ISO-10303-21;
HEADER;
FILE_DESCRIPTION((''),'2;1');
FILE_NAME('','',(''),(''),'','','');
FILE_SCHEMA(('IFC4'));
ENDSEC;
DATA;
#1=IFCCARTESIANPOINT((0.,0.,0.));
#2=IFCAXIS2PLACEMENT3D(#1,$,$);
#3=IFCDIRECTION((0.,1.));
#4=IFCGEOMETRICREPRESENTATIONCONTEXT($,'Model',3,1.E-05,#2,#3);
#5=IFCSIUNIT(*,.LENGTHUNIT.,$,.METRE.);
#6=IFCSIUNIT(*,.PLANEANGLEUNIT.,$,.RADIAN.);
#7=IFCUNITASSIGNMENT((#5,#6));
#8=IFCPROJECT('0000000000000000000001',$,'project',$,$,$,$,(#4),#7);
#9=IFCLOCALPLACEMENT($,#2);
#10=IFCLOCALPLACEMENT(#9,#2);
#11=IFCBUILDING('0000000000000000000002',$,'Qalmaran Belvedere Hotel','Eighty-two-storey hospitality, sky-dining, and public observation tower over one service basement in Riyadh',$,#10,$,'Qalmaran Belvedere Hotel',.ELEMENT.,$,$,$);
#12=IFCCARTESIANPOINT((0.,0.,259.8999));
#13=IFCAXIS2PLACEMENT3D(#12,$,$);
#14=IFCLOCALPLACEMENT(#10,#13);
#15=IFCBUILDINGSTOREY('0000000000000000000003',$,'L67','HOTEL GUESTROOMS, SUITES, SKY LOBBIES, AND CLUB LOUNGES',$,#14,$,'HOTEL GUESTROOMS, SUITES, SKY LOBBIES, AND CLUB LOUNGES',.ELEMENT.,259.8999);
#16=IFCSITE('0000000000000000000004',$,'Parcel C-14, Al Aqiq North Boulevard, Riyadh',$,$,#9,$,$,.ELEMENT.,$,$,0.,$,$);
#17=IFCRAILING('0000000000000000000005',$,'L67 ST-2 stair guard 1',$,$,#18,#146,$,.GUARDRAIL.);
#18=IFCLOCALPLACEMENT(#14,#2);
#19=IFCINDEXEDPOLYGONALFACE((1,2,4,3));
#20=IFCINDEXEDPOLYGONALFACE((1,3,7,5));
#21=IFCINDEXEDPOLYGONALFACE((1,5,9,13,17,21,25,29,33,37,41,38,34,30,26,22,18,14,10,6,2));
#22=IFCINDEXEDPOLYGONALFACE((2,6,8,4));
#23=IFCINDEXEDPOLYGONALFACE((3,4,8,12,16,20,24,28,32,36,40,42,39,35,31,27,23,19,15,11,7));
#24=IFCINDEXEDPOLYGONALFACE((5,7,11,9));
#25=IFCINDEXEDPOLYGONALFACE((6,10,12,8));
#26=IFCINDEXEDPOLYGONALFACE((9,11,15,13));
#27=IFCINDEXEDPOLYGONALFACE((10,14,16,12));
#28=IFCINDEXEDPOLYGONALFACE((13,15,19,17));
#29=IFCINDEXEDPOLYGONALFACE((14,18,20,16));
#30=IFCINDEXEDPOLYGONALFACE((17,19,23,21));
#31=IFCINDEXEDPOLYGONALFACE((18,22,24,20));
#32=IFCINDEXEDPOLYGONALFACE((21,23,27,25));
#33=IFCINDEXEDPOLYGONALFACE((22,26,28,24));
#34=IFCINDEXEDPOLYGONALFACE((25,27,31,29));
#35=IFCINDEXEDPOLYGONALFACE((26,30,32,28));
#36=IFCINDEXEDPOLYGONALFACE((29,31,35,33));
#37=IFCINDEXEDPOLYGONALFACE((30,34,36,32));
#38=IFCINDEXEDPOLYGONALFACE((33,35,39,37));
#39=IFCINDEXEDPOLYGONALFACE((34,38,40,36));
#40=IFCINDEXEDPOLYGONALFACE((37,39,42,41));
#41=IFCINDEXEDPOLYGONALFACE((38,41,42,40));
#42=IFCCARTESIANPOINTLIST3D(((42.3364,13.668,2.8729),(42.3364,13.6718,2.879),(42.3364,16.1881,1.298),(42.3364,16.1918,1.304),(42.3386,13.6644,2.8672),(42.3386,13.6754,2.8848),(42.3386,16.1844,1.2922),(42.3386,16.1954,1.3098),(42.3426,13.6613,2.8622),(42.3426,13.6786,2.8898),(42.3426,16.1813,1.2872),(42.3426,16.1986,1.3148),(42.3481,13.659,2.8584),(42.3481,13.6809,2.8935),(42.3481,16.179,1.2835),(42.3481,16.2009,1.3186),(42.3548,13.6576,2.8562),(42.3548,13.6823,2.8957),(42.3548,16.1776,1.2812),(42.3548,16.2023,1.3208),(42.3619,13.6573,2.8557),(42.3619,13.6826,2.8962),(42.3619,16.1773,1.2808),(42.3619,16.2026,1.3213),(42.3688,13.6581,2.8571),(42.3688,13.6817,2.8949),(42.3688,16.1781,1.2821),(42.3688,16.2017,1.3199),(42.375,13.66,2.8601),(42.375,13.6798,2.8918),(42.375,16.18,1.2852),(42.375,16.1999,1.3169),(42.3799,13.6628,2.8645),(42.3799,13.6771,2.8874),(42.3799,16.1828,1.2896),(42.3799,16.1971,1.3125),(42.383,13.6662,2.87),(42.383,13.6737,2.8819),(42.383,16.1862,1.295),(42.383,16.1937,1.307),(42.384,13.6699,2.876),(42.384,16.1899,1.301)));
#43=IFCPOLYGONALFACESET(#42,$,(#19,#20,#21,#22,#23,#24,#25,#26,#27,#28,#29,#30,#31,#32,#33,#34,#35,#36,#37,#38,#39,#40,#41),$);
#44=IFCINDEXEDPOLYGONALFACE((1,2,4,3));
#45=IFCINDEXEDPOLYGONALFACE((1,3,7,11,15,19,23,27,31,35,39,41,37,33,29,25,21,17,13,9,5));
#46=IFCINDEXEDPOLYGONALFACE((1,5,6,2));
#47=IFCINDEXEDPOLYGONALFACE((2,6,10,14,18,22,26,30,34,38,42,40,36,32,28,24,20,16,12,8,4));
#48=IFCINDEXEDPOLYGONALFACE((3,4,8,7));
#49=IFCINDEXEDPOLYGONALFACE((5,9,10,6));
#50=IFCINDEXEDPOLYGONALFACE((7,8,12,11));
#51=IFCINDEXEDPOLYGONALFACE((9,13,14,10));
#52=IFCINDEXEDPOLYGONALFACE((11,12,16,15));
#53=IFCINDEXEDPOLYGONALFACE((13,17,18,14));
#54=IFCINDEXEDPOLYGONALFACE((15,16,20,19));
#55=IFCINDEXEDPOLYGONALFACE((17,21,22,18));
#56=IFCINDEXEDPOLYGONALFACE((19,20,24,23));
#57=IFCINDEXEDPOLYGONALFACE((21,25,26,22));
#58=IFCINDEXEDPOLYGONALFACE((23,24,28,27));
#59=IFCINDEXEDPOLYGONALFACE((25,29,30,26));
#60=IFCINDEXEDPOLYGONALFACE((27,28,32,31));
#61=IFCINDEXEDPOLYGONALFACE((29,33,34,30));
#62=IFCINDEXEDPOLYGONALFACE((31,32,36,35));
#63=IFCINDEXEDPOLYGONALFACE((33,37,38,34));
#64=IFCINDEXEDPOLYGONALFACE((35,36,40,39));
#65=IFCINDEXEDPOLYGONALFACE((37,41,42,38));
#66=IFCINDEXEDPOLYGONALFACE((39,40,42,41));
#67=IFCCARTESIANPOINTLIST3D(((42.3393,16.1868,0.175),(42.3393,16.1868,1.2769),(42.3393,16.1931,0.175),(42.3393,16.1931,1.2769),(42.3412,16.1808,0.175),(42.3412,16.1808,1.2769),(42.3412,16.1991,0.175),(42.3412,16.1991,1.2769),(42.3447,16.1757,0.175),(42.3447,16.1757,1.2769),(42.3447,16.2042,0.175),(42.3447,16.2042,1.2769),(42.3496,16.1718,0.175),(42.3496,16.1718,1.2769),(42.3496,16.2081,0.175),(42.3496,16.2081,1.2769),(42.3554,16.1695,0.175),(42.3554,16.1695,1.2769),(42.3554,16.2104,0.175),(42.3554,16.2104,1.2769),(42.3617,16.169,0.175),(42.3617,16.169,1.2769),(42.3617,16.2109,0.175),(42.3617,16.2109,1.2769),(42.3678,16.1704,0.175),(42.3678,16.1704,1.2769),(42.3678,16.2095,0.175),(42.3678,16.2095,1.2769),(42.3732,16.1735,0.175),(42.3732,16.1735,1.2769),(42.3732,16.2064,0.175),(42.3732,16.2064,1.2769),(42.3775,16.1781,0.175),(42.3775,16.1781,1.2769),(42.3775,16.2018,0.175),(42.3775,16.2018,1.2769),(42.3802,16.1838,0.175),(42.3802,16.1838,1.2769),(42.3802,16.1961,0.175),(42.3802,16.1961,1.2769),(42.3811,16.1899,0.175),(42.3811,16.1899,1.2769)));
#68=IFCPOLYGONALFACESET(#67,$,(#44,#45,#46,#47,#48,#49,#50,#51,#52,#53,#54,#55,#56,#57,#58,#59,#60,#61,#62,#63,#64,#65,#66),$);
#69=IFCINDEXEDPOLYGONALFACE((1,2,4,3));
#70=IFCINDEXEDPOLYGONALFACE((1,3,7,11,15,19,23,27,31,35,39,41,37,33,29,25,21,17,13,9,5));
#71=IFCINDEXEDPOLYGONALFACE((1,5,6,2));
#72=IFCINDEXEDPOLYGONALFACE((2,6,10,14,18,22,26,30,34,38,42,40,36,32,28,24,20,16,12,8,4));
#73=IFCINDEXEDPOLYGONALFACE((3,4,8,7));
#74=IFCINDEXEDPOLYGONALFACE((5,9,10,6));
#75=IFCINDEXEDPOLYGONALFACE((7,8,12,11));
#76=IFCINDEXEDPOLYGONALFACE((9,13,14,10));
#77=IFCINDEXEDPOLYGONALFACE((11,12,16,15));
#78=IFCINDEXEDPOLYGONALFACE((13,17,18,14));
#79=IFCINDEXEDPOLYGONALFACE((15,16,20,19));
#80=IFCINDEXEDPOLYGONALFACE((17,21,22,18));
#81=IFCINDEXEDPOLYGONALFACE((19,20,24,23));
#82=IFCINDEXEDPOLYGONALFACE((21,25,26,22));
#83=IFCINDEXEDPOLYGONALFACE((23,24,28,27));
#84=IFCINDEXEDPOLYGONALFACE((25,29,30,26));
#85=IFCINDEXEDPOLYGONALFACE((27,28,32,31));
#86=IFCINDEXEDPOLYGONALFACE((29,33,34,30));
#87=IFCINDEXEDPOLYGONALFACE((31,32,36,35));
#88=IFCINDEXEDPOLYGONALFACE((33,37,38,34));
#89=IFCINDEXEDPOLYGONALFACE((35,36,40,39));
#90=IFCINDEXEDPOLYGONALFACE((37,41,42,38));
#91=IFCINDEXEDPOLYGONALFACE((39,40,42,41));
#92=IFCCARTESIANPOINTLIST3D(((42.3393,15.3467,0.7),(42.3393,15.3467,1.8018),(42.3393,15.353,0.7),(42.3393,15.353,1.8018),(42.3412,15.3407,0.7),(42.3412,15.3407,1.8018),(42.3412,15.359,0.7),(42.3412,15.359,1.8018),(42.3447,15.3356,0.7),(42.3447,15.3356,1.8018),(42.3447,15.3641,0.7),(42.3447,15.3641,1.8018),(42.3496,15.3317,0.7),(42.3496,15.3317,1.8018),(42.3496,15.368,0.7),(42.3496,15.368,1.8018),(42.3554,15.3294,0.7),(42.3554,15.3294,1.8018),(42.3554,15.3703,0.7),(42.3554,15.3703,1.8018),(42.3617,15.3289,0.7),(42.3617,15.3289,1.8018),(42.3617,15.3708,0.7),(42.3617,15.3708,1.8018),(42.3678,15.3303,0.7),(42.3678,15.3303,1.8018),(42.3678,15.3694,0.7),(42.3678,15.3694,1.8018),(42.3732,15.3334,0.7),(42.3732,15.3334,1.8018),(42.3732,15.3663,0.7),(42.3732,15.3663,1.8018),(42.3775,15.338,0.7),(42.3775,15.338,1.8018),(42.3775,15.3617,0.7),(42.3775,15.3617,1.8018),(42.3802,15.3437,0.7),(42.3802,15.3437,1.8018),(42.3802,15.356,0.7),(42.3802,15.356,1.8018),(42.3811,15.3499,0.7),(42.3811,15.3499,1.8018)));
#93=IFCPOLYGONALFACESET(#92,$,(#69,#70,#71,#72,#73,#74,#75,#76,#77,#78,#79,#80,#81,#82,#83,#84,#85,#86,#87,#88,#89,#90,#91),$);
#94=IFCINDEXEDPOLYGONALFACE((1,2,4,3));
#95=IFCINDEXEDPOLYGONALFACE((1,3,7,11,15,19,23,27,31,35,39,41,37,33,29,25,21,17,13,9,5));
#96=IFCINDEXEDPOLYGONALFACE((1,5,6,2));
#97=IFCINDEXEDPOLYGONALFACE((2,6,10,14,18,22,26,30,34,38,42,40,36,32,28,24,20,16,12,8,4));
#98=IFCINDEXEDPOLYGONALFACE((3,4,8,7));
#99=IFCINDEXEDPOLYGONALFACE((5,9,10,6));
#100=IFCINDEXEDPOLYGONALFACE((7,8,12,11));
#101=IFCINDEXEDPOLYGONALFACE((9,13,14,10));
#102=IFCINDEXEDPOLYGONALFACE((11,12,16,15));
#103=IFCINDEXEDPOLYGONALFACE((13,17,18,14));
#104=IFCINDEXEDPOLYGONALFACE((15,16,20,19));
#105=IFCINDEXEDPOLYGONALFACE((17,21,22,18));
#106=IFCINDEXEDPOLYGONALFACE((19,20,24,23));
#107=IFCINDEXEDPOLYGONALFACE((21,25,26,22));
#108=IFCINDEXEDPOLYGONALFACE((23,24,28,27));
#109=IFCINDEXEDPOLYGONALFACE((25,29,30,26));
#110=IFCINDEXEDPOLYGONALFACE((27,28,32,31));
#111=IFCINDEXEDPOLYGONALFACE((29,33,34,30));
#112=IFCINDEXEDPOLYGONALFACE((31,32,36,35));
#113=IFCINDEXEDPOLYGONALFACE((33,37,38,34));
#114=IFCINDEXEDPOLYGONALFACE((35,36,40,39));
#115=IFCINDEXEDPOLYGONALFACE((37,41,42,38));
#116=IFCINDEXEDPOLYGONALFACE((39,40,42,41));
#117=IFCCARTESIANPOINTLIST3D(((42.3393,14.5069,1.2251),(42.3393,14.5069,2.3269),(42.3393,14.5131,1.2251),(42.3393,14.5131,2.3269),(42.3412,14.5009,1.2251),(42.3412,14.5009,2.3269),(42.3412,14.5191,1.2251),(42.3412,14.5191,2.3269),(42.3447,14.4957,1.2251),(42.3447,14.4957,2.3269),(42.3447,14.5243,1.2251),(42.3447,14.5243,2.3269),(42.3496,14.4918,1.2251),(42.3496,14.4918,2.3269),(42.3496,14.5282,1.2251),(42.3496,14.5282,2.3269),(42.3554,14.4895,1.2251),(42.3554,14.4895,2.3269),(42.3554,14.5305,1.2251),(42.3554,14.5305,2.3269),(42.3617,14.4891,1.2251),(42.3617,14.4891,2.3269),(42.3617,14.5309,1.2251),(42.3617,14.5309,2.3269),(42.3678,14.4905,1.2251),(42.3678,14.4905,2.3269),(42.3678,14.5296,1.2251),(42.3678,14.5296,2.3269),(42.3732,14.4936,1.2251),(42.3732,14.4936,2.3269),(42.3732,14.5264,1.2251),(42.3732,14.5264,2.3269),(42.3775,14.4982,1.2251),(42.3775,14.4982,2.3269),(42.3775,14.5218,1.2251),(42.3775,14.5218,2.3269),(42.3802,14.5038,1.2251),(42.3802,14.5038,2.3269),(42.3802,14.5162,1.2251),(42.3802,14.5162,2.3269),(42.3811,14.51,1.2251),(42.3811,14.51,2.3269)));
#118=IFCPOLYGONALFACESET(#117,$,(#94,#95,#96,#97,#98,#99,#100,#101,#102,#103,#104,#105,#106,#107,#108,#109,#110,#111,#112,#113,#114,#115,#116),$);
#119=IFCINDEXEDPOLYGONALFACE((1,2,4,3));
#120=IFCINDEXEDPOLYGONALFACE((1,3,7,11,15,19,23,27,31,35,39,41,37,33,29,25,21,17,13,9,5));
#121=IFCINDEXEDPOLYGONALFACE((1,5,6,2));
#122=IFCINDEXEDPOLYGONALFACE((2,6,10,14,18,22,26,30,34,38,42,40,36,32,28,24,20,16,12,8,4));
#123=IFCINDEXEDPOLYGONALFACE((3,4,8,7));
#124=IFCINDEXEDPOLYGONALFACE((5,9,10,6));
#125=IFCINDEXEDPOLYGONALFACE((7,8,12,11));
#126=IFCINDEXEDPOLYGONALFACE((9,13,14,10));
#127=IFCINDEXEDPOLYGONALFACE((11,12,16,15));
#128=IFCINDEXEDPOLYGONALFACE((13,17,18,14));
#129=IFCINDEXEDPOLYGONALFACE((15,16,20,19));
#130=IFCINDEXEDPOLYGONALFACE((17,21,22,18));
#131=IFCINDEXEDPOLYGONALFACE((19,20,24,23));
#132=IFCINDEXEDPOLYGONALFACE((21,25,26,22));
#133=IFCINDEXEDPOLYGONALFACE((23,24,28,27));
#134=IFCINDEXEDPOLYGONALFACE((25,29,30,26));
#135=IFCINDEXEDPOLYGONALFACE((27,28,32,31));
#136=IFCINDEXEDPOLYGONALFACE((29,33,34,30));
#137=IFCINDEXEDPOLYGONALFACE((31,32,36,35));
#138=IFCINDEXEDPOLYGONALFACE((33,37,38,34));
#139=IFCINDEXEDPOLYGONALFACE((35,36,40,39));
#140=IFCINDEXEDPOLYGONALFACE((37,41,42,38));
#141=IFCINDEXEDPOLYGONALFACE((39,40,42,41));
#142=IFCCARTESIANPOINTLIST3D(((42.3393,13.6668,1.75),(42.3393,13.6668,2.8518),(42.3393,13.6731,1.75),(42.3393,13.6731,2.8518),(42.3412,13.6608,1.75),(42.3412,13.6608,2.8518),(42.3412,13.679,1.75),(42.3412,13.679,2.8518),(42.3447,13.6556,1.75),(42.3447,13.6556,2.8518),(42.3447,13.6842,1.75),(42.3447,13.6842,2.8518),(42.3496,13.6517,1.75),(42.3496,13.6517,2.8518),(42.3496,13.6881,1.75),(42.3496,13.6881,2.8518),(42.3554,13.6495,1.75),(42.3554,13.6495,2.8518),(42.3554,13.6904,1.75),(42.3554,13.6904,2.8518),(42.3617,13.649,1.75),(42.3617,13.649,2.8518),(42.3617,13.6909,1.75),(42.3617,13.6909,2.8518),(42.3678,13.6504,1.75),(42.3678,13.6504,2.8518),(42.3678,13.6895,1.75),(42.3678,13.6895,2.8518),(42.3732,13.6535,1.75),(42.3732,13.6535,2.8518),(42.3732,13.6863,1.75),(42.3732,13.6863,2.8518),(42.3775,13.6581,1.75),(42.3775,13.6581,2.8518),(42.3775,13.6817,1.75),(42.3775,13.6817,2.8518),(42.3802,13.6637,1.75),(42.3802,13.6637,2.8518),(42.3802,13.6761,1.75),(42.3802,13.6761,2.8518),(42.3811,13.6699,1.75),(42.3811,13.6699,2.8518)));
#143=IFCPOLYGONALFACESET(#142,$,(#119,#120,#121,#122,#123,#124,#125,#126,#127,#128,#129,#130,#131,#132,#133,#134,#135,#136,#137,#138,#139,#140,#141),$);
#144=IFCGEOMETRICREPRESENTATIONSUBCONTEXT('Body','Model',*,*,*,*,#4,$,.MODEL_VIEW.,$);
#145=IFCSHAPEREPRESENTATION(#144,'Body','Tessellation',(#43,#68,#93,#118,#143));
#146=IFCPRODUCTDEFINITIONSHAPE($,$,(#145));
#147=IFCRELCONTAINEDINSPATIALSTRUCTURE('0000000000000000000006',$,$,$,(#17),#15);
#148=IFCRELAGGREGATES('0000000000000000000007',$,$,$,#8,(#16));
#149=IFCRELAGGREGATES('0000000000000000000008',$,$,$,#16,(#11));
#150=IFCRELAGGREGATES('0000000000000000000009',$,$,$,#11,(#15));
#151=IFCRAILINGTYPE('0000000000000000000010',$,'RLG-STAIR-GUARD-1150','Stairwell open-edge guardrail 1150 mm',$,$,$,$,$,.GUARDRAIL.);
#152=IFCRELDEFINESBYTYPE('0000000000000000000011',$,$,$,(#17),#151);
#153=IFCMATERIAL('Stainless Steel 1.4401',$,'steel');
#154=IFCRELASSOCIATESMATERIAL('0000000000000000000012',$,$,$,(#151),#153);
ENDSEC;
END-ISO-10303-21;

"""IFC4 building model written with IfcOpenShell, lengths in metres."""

from ifc_helpers import new_model, si_unit, direction, frame, origin, origin_2d, place, context, subcontext, project, spatial, circle, extrude, material, type_object, element, save


model = new_model("IFC4")

# Units and contexts
model_context = context("Model", 3, precision=1e-05, world=origin(), true_north=direction((0.0, 1.0)))
body_context = subcontext(model_context, "Body", "Model", "MODEL_VIEW")
ifc_project = project(units=[si_unit("LENGTHUNIT", "METRE"), si_unit("PLANEANGLEUNIT", "RADIAN")], contexts=[model_context])

# Site, building, storey
site_placement = place(None, origin())
site = spatial("IfcSite", under=ifc_project, at=site_placement, Name="Parcel C-14, Al Aqiq North Boulevard, Riyadh", CompositionType="ELEMENT", RefElevation=0.0)
building_placement = place(site_placement, origin())
building = spatial("IfcBuilding", under=site, at=building_placement, Name="Qalmaran Belvedere Hotel", Description="Eighty-two-storey hospitality, sky-dining, and public observation tower over one service basement in Riyadh", LongName="Qalmaran Belvedere Hotel", CompositionType="ELEMENT")
storey_placement = place(building_placement, frame((0.0, 0.0, 259.8999)))
storey = spatial("IfcBuildingStorey", under=building, at=storey_placement, Name="L67", Description="HOTEL GUESTROOMS, SUITES, SKY LOBBIES, AND CLUB LOUNGES", LongName="HOTEL GUESTROOMS, SUITES, SKY LOBBIES, AND CLUB LOUNGES", CompositionType="ELEMENT", Elevation=259.8999)

# Railing
ifc_material_1 = material(Name="Stainless Steel 1.4401", Category="steel")
railing_type_1 = type_object("IfcRailingType", Name="RLG-STAIR-GUARD-1150", Description="Stairwell open-edge guardrail 1150 mm", PredefinedType="GUARDRAIL", material=ifc_material_1)
railing_1_placement = place(storey_placement, frame((42.3601, 16.1899, 0.175)))
element("IfcRailing", 1, at=railing_1_placement, inside=storey, type_object=railing_type_1, Name="L67 ST-2 stair guard 1", PredefinedType="GUARDRAIL", context=body_context, shape_type="SweptSolid", body=[
    extrude(circle(Radius=0.0239, at=origin_2d()), frame((0.0, 0.0, 1.126), z_axis=(0.0, -0.848008, 0.529984), x_axis=(1.0, 0.0, 0.0)), (0.0, 0.0, 1.0), 2.9717),
    extrude(circle(Radius=0.021, at=origin_2d()), origin(), (0.0, 0.0, 1.0), 1.1018),
    extrude(circle(Radius=0.021, at=origin_2d()), frame((0.0, -0.8401, 0.5249)), (0.0, 0.0, 1.0), 1.1018),
    extrude(circle(Radius=0.021, at=origin_2d()), frame((0.0, -1.6799, 1.05)), (0.0, 0.0, 1.0), 1.1018),
    extrude(circle(Radius=0.021, at=origin_2d()), frame((0.0, -2.52, 1.575)), (0.0, 0.0, 1.0), 1.1018),
])

save(model, "model.ifc")
